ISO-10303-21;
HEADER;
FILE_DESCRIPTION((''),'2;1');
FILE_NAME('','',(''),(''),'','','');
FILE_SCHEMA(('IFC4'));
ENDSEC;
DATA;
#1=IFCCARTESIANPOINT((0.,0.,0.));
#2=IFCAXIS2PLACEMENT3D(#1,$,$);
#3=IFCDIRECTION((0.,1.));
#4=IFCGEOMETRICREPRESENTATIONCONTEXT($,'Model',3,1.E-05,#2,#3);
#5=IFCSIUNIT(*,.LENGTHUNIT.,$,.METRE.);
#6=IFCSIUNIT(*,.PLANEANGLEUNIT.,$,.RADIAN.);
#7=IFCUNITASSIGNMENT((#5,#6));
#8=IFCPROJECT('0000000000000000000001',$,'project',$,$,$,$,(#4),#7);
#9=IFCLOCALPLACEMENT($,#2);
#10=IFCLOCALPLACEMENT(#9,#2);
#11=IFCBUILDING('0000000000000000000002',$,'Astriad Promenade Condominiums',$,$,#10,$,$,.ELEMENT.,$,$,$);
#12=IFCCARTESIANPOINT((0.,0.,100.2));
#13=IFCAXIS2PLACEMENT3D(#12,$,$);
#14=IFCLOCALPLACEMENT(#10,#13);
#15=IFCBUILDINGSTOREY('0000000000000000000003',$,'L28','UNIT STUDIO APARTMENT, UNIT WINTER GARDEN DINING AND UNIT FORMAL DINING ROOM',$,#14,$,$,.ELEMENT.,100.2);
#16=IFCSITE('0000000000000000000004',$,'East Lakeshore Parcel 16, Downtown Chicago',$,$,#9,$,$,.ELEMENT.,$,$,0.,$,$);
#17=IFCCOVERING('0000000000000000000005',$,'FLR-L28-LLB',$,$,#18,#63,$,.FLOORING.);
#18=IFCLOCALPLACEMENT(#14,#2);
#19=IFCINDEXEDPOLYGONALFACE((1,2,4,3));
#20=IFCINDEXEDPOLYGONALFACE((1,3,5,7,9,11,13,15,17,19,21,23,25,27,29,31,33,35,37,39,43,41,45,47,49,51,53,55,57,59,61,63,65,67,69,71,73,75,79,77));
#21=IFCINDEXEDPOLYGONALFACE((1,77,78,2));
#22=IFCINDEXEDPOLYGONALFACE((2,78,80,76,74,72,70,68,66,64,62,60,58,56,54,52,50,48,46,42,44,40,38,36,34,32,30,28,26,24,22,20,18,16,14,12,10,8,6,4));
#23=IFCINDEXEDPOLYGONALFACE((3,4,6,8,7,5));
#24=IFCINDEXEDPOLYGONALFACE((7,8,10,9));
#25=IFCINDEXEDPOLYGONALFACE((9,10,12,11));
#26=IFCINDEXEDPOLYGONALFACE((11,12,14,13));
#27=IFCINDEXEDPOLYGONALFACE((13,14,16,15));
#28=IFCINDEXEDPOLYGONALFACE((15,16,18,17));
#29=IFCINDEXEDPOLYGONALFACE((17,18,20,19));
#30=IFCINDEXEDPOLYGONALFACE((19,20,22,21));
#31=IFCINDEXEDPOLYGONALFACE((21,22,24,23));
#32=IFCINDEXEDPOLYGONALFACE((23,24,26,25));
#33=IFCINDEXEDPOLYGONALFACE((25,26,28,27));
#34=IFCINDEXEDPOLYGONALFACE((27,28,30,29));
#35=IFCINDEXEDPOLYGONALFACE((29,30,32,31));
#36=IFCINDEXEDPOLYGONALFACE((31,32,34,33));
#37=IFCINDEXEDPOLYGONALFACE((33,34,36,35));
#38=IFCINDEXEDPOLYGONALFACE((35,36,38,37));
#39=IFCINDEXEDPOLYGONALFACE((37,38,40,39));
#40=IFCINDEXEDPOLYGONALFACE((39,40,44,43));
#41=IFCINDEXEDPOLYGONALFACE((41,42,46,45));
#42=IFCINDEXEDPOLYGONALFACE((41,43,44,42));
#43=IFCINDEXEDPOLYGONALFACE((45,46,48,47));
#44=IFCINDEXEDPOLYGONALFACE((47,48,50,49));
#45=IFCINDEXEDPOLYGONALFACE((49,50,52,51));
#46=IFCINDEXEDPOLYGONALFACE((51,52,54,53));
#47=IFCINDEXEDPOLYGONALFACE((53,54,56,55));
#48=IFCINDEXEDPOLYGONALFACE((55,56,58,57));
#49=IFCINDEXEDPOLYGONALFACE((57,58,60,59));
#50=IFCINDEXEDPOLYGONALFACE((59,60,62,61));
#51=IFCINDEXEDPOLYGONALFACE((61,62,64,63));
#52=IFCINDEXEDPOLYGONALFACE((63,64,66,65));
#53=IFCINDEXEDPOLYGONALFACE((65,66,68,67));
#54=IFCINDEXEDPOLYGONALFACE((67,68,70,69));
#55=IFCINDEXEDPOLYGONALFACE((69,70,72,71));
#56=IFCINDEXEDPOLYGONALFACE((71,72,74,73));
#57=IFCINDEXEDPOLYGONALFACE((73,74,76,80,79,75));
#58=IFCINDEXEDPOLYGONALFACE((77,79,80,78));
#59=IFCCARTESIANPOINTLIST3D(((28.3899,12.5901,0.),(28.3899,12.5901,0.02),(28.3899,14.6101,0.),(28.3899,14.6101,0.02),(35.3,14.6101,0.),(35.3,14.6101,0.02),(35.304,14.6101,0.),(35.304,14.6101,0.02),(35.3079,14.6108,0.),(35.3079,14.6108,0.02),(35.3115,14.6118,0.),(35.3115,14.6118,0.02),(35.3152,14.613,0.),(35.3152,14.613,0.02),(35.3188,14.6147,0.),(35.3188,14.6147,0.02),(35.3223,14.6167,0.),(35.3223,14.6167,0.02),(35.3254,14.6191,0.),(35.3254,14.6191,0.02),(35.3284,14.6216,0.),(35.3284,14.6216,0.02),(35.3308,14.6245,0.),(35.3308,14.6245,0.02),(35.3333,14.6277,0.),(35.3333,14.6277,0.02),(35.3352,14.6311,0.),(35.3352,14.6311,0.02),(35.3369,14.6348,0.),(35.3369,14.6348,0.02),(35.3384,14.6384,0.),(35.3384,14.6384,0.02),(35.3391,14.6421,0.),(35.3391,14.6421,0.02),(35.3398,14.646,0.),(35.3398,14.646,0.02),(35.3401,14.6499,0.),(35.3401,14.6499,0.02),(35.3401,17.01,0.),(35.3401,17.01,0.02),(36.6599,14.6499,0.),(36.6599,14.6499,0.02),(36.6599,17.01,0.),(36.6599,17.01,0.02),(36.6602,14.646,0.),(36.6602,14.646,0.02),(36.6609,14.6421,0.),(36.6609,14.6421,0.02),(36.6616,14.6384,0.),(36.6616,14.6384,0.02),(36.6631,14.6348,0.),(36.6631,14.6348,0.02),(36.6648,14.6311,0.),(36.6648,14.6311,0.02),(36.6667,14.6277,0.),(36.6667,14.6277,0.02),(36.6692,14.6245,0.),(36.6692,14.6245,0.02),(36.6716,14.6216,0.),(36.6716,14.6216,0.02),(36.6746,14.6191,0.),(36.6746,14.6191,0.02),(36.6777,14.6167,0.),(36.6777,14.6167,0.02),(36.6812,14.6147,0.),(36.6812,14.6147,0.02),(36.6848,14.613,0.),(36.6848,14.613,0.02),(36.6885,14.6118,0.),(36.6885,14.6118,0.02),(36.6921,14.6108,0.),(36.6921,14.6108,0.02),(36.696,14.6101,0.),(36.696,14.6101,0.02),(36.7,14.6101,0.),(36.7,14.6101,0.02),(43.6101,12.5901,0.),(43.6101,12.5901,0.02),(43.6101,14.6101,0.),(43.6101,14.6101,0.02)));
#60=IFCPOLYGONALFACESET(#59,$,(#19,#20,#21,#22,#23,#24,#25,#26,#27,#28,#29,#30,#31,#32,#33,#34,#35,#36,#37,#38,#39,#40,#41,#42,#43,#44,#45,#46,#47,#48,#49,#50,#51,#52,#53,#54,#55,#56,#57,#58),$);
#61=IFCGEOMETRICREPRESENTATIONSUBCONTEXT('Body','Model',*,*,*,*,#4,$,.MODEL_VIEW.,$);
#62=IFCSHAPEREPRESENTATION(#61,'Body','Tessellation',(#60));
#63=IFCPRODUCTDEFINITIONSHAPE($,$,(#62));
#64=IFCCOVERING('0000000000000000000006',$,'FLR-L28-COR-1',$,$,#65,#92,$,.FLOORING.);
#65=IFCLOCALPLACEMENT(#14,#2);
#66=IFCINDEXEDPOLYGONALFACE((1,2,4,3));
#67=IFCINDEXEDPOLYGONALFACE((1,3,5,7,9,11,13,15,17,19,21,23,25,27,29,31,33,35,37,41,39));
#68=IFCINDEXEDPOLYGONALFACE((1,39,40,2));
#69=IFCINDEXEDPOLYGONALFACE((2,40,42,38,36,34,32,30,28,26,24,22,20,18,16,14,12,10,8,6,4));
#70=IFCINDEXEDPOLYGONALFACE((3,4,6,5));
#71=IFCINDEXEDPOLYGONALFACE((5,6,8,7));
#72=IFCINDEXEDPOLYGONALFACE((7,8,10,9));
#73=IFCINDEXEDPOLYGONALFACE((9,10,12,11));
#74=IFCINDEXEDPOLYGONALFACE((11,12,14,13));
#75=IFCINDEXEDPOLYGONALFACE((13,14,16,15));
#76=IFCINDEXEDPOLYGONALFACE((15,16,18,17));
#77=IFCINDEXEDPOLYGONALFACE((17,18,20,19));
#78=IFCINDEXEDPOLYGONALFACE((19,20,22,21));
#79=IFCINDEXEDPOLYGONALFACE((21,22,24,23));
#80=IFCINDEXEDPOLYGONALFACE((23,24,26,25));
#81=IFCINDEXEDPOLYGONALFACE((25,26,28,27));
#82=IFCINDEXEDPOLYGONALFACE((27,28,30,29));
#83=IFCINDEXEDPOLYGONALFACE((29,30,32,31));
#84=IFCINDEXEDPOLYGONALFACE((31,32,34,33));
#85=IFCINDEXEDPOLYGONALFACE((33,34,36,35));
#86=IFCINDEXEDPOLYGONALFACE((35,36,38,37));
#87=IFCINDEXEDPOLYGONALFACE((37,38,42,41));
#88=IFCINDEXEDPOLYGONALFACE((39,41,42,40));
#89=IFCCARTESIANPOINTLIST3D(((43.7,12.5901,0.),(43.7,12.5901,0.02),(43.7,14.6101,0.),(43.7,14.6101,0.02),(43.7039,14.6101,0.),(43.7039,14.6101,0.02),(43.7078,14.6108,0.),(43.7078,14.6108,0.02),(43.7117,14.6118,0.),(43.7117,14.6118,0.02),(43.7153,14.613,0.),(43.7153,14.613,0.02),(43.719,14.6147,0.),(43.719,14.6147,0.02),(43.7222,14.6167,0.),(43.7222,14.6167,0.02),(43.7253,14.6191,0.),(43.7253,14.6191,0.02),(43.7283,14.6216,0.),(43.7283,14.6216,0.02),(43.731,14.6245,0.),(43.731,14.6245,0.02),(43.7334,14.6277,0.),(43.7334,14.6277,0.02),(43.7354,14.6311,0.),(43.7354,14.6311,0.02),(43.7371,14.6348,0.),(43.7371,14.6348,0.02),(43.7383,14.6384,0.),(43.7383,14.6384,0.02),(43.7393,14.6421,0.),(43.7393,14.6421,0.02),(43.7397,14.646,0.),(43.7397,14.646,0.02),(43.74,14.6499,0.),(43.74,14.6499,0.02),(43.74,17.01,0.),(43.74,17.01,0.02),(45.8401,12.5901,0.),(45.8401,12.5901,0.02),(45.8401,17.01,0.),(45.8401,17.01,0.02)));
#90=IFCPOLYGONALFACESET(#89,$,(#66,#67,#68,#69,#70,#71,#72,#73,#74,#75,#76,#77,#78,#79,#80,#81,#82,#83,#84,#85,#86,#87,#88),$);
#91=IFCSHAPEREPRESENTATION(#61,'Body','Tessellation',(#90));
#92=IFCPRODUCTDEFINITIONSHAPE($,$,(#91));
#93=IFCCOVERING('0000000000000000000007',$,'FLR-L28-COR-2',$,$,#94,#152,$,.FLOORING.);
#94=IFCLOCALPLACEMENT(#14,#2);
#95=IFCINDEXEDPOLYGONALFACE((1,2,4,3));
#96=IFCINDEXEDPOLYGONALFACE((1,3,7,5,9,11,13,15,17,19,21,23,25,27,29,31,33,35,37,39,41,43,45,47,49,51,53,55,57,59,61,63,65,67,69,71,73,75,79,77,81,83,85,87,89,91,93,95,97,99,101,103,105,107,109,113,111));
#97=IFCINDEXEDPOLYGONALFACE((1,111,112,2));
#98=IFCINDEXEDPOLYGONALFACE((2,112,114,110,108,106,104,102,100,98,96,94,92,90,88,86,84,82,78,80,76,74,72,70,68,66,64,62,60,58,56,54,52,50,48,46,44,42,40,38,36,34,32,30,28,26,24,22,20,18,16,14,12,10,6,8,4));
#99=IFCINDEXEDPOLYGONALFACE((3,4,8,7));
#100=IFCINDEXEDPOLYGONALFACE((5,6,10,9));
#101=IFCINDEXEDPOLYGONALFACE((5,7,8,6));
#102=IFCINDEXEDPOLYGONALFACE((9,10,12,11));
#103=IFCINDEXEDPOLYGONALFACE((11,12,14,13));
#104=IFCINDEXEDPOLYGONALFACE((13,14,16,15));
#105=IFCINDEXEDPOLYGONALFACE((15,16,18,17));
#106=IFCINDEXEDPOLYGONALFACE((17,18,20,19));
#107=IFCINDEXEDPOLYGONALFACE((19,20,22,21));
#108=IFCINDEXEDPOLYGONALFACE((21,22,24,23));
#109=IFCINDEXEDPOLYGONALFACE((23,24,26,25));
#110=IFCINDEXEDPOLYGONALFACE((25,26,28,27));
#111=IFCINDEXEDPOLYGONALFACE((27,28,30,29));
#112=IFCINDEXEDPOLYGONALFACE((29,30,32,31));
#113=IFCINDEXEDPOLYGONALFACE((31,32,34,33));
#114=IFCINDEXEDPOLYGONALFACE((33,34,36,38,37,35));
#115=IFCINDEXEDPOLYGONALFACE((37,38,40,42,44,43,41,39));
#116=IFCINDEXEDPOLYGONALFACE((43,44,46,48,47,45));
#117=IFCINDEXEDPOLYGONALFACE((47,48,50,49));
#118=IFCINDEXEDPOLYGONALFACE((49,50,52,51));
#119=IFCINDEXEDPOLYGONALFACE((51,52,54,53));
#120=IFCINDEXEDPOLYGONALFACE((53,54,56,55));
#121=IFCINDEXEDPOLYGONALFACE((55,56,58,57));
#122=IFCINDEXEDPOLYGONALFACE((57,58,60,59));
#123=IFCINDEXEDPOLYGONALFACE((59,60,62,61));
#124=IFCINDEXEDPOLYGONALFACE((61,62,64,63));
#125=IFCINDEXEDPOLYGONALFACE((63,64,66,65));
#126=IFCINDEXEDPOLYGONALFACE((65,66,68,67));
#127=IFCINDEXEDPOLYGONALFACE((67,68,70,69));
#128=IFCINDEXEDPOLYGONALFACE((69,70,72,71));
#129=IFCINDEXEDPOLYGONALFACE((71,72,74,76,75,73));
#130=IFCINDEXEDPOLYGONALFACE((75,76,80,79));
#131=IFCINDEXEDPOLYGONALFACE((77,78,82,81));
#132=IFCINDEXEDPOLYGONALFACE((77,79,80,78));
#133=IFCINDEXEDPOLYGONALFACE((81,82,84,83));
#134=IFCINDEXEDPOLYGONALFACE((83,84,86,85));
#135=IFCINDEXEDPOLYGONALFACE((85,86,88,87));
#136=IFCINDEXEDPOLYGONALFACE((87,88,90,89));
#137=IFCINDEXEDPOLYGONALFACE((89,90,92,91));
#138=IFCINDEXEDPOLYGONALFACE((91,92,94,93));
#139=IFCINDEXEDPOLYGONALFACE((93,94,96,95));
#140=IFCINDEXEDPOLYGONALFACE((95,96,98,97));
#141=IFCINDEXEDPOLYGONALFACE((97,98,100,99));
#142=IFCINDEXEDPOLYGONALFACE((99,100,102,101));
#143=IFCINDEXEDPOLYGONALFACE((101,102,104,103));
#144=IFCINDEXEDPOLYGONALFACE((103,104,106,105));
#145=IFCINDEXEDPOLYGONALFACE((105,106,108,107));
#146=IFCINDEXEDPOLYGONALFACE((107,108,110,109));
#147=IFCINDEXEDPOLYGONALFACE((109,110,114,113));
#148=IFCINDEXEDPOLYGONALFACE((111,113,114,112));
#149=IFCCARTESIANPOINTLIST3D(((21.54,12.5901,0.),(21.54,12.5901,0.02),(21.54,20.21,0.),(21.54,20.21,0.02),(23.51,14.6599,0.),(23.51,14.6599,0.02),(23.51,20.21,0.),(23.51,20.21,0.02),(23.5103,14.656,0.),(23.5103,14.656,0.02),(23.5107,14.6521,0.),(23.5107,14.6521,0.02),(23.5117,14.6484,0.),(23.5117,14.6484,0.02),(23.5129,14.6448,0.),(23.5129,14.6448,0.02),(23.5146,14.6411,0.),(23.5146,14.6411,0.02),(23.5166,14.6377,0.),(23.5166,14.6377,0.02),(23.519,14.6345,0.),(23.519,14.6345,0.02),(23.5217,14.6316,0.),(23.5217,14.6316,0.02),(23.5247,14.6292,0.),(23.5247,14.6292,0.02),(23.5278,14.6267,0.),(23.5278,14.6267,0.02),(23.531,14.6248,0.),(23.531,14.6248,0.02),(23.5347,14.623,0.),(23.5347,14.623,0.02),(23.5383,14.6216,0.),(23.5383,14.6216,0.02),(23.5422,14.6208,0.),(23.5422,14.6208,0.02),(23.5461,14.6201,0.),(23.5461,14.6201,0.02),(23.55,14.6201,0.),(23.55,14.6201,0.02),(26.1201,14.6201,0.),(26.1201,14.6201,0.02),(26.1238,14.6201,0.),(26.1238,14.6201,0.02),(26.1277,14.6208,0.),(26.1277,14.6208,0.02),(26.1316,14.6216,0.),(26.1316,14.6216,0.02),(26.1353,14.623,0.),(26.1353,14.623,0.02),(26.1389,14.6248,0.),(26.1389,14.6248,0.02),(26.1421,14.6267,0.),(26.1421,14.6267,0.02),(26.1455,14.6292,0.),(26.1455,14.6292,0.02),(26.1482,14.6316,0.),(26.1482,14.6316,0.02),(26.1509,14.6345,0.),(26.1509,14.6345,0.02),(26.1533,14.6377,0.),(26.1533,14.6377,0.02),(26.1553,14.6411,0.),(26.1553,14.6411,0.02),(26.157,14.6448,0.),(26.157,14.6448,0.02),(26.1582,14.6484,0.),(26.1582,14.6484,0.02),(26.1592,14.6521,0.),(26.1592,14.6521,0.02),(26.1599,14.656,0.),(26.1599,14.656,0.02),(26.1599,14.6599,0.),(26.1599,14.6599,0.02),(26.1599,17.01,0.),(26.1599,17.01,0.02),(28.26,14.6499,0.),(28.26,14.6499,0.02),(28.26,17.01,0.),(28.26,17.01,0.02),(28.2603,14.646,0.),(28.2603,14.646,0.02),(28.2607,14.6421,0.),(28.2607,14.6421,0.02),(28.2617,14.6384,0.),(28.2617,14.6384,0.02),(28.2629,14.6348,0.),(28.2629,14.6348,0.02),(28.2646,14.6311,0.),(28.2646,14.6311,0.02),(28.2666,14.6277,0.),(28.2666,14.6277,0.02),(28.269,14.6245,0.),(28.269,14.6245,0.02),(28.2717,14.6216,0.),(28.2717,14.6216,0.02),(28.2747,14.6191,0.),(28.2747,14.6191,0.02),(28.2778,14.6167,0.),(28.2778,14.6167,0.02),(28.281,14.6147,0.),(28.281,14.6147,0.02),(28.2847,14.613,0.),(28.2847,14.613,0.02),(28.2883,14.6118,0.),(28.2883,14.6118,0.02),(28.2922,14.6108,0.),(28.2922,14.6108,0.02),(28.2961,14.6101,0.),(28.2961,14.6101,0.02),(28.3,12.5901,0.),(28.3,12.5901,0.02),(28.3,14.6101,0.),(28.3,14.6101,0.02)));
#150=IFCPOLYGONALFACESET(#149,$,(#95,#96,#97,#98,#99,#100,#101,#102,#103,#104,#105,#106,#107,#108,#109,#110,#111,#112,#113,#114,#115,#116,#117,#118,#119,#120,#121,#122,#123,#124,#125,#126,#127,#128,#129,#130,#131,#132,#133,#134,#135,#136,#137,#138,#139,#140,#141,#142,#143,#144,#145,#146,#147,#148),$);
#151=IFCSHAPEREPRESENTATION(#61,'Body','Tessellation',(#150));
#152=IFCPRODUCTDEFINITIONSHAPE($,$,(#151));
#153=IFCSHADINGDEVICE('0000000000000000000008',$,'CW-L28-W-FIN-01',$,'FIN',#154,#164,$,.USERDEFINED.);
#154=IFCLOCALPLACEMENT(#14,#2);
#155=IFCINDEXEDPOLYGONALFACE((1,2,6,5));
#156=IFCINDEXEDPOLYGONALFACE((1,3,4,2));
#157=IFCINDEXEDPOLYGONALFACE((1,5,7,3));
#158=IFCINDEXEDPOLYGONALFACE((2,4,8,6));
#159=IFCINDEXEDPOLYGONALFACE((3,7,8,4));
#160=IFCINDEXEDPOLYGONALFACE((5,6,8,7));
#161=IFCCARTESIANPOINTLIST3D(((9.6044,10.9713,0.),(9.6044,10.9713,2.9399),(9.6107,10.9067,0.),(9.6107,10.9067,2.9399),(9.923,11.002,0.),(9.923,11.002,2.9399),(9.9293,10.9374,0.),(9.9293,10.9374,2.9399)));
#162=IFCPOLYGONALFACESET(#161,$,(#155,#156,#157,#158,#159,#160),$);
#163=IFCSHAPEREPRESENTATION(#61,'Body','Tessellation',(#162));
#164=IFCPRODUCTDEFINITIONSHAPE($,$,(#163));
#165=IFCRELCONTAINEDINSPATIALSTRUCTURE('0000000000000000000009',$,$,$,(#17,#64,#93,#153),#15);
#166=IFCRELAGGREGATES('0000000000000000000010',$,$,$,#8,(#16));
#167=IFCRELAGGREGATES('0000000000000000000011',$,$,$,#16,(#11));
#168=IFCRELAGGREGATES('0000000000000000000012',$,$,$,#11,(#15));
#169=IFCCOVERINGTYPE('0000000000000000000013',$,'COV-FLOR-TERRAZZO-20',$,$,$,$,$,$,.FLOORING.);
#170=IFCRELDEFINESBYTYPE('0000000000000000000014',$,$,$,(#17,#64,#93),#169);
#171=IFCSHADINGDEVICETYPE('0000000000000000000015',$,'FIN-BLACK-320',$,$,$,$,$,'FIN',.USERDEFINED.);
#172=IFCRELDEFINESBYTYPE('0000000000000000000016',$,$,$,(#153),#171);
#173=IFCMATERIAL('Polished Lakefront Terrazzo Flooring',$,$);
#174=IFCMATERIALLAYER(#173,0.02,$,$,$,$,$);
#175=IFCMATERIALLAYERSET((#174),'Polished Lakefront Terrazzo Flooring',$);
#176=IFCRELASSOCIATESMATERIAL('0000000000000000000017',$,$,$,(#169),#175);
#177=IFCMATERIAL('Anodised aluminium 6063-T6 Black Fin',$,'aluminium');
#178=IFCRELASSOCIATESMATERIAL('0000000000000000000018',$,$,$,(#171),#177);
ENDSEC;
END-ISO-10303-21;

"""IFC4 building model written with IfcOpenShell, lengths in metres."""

from ifc_helpers import new_model, si_unit, direction, frame, origin, origin_2d, place, context, subcontext, project, spatial, polyline, rectangle, outline, extrude, source, transform, mapped, material, layer, layer_set, type_object, type_shapes, element, save


model = new_model("IFC4")

# Units and contexts
model_context = context("Model", 3, precision=1e-05, world=origin(), true_north=direction((0.0, 1.0)))
body_context = subcontext(model_context, "Body", "Model", "MODEL_VIEW")
ifc_project = project(units=[si_unit("LENGTHUNIT", "METRE"), si_unit("PLANEANGLEUNIT", "RADIAN")], contexts=[model_context])

# Site, building, storey
site_placement = place(None, origin())
site = spatial("IfcSite", under=ifc_project, at=site_placement, Name="East Lakeshore Parcel 16, Downtown Chicago", CompositionType="ELEMENT", RefElevation=0.0)
building_placement = place(site_placement, origin())
building = spatial("IfcBuilding", under=site, at=building_placement, Name="Astriad Promenade Condominiums", CompositionType="ELEMENT")
storey_placement = place(building_placement, frame((0.0, 0.0, 100.2)))
storey = spatial("IfcBuildingStorey", under=building, at=storey_placement, Name="L28", Description="UNIT STUDIO APARTMENT, UNIT WINTER GARDEN DINING AND UNIT FORMAL DINING ROOM", CompositionType="ELEMENT", Elevation=100.2)

# Coverings
ifc_material_1 = material(Name="Polished Lakefront Terrazzo Flooring")
ifc_layer_1 = layer(ifc_material_1, 0.02)
ifc_layer_set_1 = layer_set([ifc_layer_1], Name="Polished Lakefront Terrazzo Flooring")
covering_type = type_object("IfcCoveringType", Name="COV-FLOR-TERRAZZO-20", PredefinedType="FLOORING", material=ifc_layer_set_1)
covering_1_placement = place(storey_placement, origin())
element("IfcCovering", 1, at=covering_1_placement, inside=storey, type_object=covering_type, Name="FLR-L28-LLB", PredefinedType="FLOORING", context=body_context, shape_type="SweptSolid", body=[
    extrude(outline(polyline([(43.6101, 14.6101), (43.6101, 12.5901), (28.3899, 12.5901), (28.3899, 14.6101), (35.3, 14.6101), (35.304, 14.6101), (35.3079, 14.6108), (35.3115, 14.6118), (35.3152, 14.613), (35.3188, 14.6147), (35.3223, 14.6167), (35.3254, 14.6191), (35.3284, 14.6216), (35.3308, 14.6245), (35.3333, 14.6277), (35.3352, 14.6311), (35.3369, 14.6348), (35.3384, 14.6384), (35.3391, 14.6421), (35.3398, 14.646), (35.3401, 14.6499), (35.3401, 17.01), (36.6599, 17.01), (36.6599, 14.6499), (36.6602, 14.646), (36.6609, 14.6421), (36.6616, 14.6384), (36.6631, 14.6348), (36.6648, 14.6311), (36.6667, 14.6277), (36.6692, 14.6245), (36.6716, 14.6216), (36.6746, 14.6191), (36.6777, 14.6167), (36.6812, 14.6147), (36.6848, 14.613), (36.6885, 14.6118), (36.6921, 14.6108), (36.696, 14.6101), (36.7, 14.6101), (43.6101, 14.6101)])), origin(), (0.0, 0.0, 1.0), 0.02),
])
covering_2_placement = place(storey_placement, origin())
element("IfcCovering", 2, at=covering_2_placement, inside=storey, type_object=covering_type, Name="FLR-L28-COR-1", PredefinedType="FLOORING", context=body_context, shape_type="SweptSolid", body=[
    extrude(outline(polyline([(43.7, 12.5901), (43.7, 14.6101), (43.7039, 14.6101), (43.7078, 14.6108), (43.7117, 14.6118), (43.7153, 14.613), (43.719, 14.6147), (43.7222, 14.6167), (43.7253, 14.6191), (43.7283, 14.6216), (43.731, 14.6245), (43.7334, 14.6277), (43.7354, 14.6311), (43.7371, 14.6348), (43.7383, 14.6384), (43.7393, 14.6421), (43.7397, 14.646), (43.74, 14.6499), (43.74, 17.01), (45.8401, 17.01), (45.8401, 12.5901), (43.7, 12.5901)])), origin(), (0.0, 0.0, 1.0), 0.02),
])
covering_3_placement = place(storey_placement, origin())
element("IfcCovering", 3, at=covering_3_placement, inside=storey, type_object=covering_type, Name="FLR-L28-COR-2", PredefinedType="FLOORING", context=body_context, shape_type="SweptSolid", body=[
    extrude(outline(polyline([(28.3, 12.5901), (21.54, 12.5901), (21.54, 20.21), (23.51, 20.21), (23.51, 14.6599), (23.5103, 14.656), (23.5107, 14.6521), (23.5117, 14.6484), (23.5129, 14.6448), (23.5146, 14.6411), (23.5166, 14.6377), (23.519, 14.6345), (23.5217, 14.6316), (23.5247, 14.6292), (23.5278, 14.6267), (23.531, 14.6248), (23.5347, 14.623), (23.5383, 14.6216), (23.5422, 14.6208), (23.5461, 14.6201), (23.55, 14.6201), (26.1201, 14.6201), (26.1238, 14.6201), (26.1277, 14.6208), (26.1316, 14.6216), (26.1353, 14.623), (26.1389, 14.6248), (26.1421, 14.6267), (26.1455, 14.6292), (26.1482, 14.6316), (26.1509, 14.6345), (26.1533, 14.6377), (26.1553, 14.6411), (26.157, 14.6448), (26.1582, 14.6484), (26.1592, 14.6521), (26.1599, 14.656), (26.1599, 14.6599), (26.1599, 17.01), (28.26, 17.01), (28.26, 14.6499), (28.2603, 14.646), (28.2607, 14.6421), (28.2617, 14.6384), (28.2629, 14.6348), (28.2646, 14.6311), (28.2666, 14.6277), (28.269, 14.6245), (28.2717, 14.6216), (28.2747, 14.6191), (28.2778, 14.6167), (28.281, 14.6147), (28.2847, 14.613), (28.2883, 14.6118), (28.2922, 14.6108), (28.2961, 14.6101), (28.3, 14.6101), (28.3, 12.5901)])), origin(), (0.0, 0.0, 1.0), 0.02),
])

# Shading device
ifc_material_2 = material(Name="Anodised aluminium 6063-T6 Black Fin", Category="aluminium")
shading_device_type = type_object("IfcShadingDeviceType", Name="FIN-BLACK-320", ElementType="FIN", PredefinedType="USERDEFINED", material=ifc_material_2)
shared_shape_1 = source(origin(), body_context, "Body", "SweptSolid", [
    extrude(rectangle(XDim=0.0649, YDim=0.3201, at=origin_2d()), origin(), (0.0, 0.0, 1.0), 2.9399),
])
type_shapes(shading_device_type, [shared_shape_1])
shading_device_placement = place(storey_placement, frame((9.7668, 10.9543, 0.0), z_axis=(0.0, 0.0, 1.0), x_axis=(-0.095846, 0.995396, 0.0)))
element("IfcShadingDevice", 4, at=shading_device_placement, inside=storey, type_object=shading_device_type, Name="CW-L28-W-FIN-01", ObjectType="FIN", PredefinedType="USERDEFINED", context=body_context, shape_type="MappedRepresentation", body=[
    mapped(shared_shape_1, transform((0.0, 0.0, 0.0), scale=1.0)),
])

save(model, "model.ifc")
